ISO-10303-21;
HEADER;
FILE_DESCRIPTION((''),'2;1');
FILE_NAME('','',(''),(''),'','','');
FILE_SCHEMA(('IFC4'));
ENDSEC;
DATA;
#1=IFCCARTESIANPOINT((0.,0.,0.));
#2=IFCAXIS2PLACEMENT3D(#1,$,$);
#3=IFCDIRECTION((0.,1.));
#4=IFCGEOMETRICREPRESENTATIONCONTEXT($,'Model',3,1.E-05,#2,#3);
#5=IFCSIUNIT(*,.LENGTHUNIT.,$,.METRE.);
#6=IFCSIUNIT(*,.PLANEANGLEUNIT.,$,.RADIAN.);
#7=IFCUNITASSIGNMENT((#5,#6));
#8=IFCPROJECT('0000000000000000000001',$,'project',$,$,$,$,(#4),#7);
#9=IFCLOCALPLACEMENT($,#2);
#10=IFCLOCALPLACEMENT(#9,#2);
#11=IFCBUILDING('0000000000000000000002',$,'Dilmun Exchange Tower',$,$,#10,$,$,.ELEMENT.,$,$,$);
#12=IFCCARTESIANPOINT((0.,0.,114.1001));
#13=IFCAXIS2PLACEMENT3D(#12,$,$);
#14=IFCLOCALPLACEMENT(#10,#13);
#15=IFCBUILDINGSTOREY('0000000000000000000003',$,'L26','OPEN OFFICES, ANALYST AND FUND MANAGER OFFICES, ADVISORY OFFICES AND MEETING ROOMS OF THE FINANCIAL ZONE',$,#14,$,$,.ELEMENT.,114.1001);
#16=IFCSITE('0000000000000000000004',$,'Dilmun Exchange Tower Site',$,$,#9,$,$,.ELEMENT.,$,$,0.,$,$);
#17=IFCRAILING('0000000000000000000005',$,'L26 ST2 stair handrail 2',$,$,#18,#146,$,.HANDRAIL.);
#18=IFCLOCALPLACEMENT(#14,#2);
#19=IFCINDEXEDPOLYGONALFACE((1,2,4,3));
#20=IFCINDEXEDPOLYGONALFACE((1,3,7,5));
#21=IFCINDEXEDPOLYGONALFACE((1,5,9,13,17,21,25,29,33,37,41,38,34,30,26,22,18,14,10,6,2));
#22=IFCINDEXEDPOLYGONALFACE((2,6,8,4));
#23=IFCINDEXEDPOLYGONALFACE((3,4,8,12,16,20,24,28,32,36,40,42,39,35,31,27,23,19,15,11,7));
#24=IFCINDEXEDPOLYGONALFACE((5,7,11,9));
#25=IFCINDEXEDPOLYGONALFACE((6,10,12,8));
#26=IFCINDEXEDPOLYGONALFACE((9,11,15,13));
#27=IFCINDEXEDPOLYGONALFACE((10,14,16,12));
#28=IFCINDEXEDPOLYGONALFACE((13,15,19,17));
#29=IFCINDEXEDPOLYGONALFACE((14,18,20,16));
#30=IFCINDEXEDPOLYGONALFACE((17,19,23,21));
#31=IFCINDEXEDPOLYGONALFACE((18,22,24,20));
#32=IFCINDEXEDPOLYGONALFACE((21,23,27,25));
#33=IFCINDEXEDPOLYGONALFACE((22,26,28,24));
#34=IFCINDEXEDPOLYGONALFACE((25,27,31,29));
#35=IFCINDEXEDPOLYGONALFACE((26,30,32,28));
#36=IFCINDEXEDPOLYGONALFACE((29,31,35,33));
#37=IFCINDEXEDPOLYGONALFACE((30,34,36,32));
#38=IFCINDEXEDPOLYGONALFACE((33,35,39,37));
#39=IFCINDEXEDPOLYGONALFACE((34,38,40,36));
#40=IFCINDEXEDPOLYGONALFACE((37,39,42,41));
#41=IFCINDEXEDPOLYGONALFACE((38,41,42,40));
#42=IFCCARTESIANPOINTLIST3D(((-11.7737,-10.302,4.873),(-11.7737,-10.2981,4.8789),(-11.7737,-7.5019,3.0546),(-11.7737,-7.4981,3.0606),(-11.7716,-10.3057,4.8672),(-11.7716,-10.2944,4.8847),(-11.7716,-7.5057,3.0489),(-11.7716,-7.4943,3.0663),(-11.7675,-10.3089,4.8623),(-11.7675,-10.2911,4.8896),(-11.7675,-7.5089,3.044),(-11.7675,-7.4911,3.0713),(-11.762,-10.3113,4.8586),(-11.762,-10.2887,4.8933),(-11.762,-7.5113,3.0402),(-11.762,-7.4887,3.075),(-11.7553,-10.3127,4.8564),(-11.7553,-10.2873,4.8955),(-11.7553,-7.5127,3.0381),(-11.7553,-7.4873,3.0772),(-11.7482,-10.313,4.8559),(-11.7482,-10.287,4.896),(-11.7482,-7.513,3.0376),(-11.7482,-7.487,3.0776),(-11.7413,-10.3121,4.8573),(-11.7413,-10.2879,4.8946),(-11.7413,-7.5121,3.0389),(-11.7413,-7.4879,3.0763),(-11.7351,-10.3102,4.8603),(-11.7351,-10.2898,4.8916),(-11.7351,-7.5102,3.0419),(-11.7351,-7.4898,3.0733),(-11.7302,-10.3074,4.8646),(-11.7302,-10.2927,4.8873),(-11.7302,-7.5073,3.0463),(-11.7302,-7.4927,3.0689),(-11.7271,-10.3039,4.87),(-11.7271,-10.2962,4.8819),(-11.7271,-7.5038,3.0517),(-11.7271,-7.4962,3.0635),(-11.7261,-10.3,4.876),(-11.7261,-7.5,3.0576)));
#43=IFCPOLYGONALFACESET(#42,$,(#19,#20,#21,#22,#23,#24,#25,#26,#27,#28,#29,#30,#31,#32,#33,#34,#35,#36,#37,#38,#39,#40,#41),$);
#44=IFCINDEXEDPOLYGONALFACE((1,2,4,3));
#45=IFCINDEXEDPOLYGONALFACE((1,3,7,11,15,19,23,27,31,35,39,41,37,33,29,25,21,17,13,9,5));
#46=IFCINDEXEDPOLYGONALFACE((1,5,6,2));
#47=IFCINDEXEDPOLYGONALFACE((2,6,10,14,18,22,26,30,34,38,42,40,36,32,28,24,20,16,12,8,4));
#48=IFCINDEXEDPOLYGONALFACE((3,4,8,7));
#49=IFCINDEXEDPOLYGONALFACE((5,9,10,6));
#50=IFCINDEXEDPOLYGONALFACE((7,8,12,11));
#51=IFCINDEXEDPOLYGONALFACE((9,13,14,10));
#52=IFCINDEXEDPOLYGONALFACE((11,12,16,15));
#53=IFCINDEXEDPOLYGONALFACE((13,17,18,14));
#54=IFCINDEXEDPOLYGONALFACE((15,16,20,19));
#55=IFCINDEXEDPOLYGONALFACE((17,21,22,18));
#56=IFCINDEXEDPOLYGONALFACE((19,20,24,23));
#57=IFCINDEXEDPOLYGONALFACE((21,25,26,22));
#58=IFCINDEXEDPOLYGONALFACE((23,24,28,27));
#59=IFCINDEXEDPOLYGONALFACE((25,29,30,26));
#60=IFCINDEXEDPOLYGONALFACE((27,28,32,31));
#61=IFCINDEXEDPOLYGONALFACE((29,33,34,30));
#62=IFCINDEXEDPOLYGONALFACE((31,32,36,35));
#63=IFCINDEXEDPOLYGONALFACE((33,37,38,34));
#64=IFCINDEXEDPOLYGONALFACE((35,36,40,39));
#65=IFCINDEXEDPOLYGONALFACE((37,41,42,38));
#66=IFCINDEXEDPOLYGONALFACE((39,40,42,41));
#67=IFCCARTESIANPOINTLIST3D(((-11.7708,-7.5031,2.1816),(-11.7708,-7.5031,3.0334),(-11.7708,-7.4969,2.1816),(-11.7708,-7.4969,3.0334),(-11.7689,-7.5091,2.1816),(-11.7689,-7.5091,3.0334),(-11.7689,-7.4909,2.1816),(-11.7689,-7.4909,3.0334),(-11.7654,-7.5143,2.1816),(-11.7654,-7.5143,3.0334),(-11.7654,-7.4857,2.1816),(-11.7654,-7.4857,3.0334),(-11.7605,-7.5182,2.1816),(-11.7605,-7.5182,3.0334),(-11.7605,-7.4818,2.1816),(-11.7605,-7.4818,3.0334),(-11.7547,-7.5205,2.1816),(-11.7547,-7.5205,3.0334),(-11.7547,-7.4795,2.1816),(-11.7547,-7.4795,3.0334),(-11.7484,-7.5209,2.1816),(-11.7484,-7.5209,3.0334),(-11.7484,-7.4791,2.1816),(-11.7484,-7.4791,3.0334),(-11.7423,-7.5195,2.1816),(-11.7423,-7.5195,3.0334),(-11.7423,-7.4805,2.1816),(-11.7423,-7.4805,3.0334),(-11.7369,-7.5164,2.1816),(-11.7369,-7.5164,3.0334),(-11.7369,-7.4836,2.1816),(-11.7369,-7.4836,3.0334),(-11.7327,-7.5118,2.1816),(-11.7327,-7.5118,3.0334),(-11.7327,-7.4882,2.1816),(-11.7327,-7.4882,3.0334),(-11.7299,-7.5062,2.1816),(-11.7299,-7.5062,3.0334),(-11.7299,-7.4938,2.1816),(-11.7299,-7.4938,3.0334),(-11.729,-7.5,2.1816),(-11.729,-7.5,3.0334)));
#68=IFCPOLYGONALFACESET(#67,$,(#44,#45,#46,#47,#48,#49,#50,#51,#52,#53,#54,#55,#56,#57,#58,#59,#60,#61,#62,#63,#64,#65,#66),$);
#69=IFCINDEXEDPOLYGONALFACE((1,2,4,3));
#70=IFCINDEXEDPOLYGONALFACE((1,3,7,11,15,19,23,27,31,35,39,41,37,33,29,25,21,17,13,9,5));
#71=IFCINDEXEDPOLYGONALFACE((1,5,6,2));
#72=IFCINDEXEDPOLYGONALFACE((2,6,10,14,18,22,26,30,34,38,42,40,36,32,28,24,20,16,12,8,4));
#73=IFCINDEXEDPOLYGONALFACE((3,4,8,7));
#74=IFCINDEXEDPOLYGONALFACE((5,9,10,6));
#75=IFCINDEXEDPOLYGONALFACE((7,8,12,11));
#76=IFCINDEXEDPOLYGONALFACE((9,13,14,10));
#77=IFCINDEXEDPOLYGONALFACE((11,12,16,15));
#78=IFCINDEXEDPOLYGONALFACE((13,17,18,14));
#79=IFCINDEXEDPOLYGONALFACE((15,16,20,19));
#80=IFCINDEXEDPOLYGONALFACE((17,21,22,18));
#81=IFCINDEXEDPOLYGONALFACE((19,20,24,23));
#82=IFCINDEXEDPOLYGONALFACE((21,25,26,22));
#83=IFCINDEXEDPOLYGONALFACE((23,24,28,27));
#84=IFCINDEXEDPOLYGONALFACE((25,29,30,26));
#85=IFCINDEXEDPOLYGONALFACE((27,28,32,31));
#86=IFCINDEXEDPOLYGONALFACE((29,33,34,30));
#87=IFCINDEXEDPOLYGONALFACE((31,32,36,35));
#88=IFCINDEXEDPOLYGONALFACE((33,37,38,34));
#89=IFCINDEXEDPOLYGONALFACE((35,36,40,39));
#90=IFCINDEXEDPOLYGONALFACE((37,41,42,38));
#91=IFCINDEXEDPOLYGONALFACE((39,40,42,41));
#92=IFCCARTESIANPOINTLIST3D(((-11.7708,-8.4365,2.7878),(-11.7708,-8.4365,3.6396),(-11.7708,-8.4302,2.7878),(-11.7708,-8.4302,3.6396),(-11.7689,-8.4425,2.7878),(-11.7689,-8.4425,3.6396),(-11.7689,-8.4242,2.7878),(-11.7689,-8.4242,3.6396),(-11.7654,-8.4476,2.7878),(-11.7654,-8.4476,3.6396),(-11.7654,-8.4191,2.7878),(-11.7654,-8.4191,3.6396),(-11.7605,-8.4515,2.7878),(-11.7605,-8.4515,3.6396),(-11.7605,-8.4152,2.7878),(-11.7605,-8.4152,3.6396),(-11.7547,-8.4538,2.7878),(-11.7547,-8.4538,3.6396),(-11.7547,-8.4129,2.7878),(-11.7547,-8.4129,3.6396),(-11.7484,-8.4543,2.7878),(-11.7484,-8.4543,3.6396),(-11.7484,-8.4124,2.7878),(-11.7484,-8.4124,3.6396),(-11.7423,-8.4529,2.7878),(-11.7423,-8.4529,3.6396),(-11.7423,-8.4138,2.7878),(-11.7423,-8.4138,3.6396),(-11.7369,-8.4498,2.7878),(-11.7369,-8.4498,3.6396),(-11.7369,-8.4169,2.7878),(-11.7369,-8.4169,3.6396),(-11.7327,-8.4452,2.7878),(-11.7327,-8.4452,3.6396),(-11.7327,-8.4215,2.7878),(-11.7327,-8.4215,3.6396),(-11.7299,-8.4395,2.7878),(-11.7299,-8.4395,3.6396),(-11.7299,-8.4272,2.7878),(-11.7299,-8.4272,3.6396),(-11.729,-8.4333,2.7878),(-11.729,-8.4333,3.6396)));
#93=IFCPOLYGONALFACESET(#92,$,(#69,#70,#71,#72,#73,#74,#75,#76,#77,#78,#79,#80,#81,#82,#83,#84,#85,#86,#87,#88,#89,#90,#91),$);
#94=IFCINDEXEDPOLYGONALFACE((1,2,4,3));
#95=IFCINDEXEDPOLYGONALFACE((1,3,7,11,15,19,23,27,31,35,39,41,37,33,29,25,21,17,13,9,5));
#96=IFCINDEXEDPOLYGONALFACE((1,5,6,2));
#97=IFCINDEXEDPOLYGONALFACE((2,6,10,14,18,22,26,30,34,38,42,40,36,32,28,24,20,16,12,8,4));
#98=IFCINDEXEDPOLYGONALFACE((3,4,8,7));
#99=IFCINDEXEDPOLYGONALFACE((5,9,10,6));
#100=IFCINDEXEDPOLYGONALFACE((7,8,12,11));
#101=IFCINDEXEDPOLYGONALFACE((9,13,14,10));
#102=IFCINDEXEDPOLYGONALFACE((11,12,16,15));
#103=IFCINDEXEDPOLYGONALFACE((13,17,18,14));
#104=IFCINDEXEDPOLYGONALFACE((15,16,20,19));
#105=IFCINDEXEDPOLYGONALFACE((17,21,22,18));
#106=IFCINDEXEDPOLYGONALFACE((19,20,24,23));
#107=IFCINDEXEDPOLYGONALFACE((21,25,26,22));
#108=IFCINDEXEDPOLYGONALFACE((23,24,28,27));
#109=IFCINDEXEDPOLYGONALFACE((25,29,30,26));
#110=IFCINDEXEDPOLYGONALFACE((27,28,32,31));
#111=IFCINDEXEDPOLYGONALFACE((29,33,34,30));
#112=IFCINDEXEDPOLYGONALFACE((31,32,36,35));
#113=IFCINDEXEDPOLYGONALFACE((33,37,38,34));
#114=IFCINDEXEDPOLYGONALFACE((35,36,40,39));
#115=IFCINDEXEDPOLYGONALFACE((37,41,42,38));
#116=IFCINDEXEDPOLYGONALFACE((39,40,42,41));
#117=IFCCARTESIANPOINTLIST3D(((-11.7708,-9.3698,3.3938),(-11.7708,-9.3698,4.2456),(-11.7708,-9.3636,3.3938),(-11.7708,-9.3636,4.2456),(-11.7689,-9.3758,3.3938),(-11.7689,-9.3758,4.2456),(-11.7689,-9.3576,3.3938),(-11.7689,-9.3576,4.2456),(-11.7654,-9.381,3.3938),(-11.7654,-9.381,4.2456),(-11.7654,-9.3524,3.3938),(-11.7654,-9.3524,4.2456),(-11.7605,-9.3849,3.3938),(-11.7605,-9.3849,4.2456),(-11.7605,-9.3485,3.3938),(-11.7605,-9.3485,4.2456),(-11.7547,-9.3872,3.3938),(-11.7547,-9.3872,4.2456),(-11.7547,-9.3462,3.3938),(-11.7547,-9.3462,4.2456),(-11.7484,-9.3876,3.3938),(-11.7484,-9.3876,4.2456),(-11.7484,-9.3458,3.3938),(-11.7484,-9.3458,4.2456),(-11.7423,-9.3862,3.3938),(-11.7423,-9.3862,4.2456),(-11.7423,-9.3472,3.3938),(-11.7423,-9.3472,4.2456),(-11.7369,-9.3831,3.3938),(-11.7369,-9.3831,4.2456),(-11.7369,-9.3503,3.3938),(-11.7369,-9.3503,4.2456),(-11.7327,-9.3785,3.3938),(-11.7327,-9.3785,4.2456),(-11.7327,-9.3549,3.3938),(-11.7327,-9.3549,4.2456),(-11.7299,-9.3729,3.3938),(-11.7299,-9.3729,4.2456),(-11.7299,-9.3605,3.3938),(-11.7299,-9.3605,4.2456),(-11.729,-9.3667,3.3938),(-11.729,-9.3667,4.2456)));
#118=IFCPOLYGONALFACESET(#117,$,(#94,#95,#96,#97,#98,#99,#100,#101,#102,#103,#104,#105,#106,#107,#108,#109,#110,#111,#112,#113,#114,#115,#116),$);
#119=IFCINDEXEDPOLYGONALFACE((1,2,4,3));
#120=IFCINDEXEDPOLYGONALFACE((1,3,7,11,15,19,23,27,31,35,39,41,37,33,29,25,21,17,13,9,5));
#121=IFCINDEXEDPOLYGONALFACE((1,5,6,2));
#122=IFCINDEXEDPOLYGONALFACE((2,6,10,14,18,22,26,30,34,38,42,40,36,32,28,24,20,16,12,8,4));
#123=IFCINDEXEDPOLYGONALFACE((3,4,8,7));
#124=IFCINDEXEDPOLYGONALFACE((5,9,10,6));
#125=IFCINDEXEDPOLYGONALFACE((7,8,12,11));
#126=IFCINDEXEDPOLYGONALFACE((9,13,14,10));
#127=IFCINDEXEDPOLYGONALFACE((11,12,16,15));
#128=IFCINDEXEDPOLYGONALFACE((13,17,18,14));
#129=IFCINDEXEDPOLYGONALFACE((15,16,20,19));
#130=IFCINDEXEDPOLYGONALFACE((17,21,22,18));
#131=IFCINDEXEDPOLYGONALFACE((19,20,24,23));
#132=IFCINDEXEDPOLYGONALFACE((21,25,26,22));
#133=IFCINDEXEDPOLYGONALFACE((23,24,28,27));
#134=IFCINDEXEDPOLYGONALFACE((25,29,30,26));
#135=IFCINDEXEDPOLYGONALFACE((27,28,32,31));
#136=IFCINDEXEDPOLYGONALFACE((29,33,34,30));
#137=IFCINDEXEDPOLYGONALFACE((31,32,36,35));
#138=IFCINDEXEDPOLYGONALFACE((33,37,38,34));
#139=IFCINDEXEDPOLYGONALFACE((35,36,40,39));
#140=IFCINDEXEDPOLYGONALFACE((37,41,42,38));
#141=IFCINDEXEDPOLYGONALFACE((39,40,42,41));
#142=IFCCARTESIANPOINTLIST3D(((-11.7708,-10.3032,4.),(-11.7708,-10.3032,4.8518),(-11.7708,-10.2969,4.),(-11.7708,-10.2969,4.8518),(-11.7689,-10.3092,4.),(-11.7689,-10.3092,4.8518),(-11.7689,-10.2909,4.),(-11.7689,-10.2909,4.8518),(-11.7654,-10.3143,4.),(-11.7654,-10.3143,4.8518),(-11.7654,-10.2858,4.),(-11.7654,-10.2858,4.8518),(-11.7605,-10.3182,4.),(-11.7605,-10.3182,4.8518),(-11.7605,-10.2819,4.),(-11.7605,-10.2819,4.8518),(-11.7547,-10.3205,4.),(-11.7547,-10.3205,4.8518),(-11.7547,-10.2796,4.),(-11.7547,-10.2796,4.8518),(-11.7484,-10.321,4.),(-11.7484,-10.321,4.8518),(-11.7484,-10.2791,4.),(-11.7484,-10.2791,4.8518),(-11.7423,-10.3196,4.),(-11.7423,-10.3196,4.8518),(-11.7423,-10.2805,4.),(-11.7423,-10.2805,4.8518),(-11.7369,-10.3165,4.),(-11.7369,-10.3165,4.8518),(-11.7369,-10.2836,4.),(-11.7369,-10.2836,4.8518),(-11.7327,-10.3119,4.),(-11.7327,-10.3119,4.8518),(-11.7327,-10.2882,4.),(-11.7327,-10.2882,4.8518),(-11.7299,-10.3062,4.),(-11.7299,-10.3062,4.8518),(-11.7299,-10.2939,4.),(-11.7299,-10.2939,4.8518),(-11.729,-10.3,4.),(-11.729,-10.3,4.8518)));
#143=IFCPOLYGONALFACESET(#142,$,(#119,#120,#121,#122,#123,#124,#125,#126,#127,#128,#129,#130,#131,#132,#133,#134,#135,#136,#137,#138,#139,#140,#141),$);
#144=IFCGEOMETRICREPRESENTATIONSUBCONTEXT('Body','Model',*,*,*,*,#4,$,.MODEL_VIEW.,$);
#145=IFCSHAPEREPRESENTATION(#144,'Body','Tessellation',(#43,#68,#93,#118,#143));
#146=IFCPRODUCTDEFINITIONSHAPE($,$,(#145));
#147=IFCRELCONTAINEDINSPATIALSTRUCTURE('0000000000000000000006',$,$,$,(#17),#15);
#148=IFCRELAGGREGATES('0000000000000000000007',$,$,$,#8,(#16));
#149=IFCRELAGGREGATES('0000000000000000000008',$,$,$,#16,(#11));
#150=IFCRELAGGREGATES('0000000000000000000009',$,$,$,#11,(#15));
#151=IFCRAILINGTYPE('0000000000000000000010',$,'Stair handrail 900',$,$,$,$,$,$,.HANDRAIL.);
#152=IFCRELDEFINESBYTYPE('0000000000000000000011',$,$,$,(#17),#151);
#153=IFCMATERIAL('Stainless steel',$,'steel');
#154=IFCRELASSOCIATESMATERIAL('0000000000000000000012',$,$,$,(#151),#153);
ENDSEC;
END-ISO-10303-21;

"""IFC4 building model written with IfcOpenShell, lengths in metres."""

from ifc_helpers import new_model, si_unit, direction, frame, origin, origin_2d, place, context, subcontext, project, spatial, circle, extrude, material, type_object, element, save


model = new_model("IFC4")

# Units and contexts
model_context = context("Model", 3, precision=1e-05, world=origin(), true_north=direction((0.0, 1.0)))
body_context = subcontext(model_context, "Body", "Model", "MODEL_VIEW")
ifc_project = project(units=[si_unit("LENGTHUNIT", "METRE"), si_unit("PLANEANGLEUNIT", "RADIAN")], contexts=[model_context])

# Site, building, storey
site_placement = place(None, origin())
site = spatial("IfcSite", under=ifc_project, at=site_placement, Name="Dilmun Exchange Tower Site", CompositionType="ELEMENT", RefElevation=0.0)
building_placement = place(site_placement, origin())
building = spatial("IfcBuilding", under=site, at=building_placement, Name="Dilmun Exchange Tower", CompositionType="ELEMENT")
storey_placement = place(building_placement, frame((0.0, 0.0, 114.1001)))
storey = spatial("IfcBuildingStorey", under=building, at=storey_placement, Name="L26", Description="OPEN OFFICES, ANALYST AND FUND MANAGER OFFICES, ADVISORY OFFICES AND MEETING ROOMS OF THE FINANCIAL ZONE", CompositionType="ELEMENT", Elevation=114.1001)

# Railing
ifc_material_1 = material(Name="Stainless steel", Category="steel")
railing_type = type_object("IfcRailingType", Name="Stair handrail 900", PredefinedType="HANDRAIL", material=ifc_material_1)
railing_1_placement = place(storey_placement, frame((-11.75, -7.5, 2.1816)))
element("IfcRailing", 1, at=railing_1_placement, inside=storey, type_object=railing_type, Name="L26 ST2 stair handrail 2", PredefinedType="HANDRAIL", context=body_context, shape_type="SweptSolid", body=[
    extrude(circle(Radius=0.0239, at=origin_2d()), frame((0.0, 0.0, 0.876), z_axis=(0.0, -0.838672, 0.544636), x_axis=(1.0, 0.0, 0.0)), (0.0, 0.0, 1.0), 3.3386),
    extrude(circle(Radius=0.021, at=origin_2d()), origin(), (0.0, 0.0, 1.0), 0.8518),
    extrude(circle(Radius=0.021, at=origin_2d()), frame((0.0, -0.9333, 0.6062)), (0.0, 0.0, 1.0), 0.8518),
    extrude(circle(Radius=0.021, at=origin_2d()), frame((0.0, -1.8667, 1.2122)), (0.0, 0.0, 1.0), 0.8518),
    extrude(circle(Radius=0.021, at=origin_2d()), frame((0.0, -2.8, 1.8184)), (0.0, 0.0, 1.0), 0.8518),
])

save(model, "model.ifc")
